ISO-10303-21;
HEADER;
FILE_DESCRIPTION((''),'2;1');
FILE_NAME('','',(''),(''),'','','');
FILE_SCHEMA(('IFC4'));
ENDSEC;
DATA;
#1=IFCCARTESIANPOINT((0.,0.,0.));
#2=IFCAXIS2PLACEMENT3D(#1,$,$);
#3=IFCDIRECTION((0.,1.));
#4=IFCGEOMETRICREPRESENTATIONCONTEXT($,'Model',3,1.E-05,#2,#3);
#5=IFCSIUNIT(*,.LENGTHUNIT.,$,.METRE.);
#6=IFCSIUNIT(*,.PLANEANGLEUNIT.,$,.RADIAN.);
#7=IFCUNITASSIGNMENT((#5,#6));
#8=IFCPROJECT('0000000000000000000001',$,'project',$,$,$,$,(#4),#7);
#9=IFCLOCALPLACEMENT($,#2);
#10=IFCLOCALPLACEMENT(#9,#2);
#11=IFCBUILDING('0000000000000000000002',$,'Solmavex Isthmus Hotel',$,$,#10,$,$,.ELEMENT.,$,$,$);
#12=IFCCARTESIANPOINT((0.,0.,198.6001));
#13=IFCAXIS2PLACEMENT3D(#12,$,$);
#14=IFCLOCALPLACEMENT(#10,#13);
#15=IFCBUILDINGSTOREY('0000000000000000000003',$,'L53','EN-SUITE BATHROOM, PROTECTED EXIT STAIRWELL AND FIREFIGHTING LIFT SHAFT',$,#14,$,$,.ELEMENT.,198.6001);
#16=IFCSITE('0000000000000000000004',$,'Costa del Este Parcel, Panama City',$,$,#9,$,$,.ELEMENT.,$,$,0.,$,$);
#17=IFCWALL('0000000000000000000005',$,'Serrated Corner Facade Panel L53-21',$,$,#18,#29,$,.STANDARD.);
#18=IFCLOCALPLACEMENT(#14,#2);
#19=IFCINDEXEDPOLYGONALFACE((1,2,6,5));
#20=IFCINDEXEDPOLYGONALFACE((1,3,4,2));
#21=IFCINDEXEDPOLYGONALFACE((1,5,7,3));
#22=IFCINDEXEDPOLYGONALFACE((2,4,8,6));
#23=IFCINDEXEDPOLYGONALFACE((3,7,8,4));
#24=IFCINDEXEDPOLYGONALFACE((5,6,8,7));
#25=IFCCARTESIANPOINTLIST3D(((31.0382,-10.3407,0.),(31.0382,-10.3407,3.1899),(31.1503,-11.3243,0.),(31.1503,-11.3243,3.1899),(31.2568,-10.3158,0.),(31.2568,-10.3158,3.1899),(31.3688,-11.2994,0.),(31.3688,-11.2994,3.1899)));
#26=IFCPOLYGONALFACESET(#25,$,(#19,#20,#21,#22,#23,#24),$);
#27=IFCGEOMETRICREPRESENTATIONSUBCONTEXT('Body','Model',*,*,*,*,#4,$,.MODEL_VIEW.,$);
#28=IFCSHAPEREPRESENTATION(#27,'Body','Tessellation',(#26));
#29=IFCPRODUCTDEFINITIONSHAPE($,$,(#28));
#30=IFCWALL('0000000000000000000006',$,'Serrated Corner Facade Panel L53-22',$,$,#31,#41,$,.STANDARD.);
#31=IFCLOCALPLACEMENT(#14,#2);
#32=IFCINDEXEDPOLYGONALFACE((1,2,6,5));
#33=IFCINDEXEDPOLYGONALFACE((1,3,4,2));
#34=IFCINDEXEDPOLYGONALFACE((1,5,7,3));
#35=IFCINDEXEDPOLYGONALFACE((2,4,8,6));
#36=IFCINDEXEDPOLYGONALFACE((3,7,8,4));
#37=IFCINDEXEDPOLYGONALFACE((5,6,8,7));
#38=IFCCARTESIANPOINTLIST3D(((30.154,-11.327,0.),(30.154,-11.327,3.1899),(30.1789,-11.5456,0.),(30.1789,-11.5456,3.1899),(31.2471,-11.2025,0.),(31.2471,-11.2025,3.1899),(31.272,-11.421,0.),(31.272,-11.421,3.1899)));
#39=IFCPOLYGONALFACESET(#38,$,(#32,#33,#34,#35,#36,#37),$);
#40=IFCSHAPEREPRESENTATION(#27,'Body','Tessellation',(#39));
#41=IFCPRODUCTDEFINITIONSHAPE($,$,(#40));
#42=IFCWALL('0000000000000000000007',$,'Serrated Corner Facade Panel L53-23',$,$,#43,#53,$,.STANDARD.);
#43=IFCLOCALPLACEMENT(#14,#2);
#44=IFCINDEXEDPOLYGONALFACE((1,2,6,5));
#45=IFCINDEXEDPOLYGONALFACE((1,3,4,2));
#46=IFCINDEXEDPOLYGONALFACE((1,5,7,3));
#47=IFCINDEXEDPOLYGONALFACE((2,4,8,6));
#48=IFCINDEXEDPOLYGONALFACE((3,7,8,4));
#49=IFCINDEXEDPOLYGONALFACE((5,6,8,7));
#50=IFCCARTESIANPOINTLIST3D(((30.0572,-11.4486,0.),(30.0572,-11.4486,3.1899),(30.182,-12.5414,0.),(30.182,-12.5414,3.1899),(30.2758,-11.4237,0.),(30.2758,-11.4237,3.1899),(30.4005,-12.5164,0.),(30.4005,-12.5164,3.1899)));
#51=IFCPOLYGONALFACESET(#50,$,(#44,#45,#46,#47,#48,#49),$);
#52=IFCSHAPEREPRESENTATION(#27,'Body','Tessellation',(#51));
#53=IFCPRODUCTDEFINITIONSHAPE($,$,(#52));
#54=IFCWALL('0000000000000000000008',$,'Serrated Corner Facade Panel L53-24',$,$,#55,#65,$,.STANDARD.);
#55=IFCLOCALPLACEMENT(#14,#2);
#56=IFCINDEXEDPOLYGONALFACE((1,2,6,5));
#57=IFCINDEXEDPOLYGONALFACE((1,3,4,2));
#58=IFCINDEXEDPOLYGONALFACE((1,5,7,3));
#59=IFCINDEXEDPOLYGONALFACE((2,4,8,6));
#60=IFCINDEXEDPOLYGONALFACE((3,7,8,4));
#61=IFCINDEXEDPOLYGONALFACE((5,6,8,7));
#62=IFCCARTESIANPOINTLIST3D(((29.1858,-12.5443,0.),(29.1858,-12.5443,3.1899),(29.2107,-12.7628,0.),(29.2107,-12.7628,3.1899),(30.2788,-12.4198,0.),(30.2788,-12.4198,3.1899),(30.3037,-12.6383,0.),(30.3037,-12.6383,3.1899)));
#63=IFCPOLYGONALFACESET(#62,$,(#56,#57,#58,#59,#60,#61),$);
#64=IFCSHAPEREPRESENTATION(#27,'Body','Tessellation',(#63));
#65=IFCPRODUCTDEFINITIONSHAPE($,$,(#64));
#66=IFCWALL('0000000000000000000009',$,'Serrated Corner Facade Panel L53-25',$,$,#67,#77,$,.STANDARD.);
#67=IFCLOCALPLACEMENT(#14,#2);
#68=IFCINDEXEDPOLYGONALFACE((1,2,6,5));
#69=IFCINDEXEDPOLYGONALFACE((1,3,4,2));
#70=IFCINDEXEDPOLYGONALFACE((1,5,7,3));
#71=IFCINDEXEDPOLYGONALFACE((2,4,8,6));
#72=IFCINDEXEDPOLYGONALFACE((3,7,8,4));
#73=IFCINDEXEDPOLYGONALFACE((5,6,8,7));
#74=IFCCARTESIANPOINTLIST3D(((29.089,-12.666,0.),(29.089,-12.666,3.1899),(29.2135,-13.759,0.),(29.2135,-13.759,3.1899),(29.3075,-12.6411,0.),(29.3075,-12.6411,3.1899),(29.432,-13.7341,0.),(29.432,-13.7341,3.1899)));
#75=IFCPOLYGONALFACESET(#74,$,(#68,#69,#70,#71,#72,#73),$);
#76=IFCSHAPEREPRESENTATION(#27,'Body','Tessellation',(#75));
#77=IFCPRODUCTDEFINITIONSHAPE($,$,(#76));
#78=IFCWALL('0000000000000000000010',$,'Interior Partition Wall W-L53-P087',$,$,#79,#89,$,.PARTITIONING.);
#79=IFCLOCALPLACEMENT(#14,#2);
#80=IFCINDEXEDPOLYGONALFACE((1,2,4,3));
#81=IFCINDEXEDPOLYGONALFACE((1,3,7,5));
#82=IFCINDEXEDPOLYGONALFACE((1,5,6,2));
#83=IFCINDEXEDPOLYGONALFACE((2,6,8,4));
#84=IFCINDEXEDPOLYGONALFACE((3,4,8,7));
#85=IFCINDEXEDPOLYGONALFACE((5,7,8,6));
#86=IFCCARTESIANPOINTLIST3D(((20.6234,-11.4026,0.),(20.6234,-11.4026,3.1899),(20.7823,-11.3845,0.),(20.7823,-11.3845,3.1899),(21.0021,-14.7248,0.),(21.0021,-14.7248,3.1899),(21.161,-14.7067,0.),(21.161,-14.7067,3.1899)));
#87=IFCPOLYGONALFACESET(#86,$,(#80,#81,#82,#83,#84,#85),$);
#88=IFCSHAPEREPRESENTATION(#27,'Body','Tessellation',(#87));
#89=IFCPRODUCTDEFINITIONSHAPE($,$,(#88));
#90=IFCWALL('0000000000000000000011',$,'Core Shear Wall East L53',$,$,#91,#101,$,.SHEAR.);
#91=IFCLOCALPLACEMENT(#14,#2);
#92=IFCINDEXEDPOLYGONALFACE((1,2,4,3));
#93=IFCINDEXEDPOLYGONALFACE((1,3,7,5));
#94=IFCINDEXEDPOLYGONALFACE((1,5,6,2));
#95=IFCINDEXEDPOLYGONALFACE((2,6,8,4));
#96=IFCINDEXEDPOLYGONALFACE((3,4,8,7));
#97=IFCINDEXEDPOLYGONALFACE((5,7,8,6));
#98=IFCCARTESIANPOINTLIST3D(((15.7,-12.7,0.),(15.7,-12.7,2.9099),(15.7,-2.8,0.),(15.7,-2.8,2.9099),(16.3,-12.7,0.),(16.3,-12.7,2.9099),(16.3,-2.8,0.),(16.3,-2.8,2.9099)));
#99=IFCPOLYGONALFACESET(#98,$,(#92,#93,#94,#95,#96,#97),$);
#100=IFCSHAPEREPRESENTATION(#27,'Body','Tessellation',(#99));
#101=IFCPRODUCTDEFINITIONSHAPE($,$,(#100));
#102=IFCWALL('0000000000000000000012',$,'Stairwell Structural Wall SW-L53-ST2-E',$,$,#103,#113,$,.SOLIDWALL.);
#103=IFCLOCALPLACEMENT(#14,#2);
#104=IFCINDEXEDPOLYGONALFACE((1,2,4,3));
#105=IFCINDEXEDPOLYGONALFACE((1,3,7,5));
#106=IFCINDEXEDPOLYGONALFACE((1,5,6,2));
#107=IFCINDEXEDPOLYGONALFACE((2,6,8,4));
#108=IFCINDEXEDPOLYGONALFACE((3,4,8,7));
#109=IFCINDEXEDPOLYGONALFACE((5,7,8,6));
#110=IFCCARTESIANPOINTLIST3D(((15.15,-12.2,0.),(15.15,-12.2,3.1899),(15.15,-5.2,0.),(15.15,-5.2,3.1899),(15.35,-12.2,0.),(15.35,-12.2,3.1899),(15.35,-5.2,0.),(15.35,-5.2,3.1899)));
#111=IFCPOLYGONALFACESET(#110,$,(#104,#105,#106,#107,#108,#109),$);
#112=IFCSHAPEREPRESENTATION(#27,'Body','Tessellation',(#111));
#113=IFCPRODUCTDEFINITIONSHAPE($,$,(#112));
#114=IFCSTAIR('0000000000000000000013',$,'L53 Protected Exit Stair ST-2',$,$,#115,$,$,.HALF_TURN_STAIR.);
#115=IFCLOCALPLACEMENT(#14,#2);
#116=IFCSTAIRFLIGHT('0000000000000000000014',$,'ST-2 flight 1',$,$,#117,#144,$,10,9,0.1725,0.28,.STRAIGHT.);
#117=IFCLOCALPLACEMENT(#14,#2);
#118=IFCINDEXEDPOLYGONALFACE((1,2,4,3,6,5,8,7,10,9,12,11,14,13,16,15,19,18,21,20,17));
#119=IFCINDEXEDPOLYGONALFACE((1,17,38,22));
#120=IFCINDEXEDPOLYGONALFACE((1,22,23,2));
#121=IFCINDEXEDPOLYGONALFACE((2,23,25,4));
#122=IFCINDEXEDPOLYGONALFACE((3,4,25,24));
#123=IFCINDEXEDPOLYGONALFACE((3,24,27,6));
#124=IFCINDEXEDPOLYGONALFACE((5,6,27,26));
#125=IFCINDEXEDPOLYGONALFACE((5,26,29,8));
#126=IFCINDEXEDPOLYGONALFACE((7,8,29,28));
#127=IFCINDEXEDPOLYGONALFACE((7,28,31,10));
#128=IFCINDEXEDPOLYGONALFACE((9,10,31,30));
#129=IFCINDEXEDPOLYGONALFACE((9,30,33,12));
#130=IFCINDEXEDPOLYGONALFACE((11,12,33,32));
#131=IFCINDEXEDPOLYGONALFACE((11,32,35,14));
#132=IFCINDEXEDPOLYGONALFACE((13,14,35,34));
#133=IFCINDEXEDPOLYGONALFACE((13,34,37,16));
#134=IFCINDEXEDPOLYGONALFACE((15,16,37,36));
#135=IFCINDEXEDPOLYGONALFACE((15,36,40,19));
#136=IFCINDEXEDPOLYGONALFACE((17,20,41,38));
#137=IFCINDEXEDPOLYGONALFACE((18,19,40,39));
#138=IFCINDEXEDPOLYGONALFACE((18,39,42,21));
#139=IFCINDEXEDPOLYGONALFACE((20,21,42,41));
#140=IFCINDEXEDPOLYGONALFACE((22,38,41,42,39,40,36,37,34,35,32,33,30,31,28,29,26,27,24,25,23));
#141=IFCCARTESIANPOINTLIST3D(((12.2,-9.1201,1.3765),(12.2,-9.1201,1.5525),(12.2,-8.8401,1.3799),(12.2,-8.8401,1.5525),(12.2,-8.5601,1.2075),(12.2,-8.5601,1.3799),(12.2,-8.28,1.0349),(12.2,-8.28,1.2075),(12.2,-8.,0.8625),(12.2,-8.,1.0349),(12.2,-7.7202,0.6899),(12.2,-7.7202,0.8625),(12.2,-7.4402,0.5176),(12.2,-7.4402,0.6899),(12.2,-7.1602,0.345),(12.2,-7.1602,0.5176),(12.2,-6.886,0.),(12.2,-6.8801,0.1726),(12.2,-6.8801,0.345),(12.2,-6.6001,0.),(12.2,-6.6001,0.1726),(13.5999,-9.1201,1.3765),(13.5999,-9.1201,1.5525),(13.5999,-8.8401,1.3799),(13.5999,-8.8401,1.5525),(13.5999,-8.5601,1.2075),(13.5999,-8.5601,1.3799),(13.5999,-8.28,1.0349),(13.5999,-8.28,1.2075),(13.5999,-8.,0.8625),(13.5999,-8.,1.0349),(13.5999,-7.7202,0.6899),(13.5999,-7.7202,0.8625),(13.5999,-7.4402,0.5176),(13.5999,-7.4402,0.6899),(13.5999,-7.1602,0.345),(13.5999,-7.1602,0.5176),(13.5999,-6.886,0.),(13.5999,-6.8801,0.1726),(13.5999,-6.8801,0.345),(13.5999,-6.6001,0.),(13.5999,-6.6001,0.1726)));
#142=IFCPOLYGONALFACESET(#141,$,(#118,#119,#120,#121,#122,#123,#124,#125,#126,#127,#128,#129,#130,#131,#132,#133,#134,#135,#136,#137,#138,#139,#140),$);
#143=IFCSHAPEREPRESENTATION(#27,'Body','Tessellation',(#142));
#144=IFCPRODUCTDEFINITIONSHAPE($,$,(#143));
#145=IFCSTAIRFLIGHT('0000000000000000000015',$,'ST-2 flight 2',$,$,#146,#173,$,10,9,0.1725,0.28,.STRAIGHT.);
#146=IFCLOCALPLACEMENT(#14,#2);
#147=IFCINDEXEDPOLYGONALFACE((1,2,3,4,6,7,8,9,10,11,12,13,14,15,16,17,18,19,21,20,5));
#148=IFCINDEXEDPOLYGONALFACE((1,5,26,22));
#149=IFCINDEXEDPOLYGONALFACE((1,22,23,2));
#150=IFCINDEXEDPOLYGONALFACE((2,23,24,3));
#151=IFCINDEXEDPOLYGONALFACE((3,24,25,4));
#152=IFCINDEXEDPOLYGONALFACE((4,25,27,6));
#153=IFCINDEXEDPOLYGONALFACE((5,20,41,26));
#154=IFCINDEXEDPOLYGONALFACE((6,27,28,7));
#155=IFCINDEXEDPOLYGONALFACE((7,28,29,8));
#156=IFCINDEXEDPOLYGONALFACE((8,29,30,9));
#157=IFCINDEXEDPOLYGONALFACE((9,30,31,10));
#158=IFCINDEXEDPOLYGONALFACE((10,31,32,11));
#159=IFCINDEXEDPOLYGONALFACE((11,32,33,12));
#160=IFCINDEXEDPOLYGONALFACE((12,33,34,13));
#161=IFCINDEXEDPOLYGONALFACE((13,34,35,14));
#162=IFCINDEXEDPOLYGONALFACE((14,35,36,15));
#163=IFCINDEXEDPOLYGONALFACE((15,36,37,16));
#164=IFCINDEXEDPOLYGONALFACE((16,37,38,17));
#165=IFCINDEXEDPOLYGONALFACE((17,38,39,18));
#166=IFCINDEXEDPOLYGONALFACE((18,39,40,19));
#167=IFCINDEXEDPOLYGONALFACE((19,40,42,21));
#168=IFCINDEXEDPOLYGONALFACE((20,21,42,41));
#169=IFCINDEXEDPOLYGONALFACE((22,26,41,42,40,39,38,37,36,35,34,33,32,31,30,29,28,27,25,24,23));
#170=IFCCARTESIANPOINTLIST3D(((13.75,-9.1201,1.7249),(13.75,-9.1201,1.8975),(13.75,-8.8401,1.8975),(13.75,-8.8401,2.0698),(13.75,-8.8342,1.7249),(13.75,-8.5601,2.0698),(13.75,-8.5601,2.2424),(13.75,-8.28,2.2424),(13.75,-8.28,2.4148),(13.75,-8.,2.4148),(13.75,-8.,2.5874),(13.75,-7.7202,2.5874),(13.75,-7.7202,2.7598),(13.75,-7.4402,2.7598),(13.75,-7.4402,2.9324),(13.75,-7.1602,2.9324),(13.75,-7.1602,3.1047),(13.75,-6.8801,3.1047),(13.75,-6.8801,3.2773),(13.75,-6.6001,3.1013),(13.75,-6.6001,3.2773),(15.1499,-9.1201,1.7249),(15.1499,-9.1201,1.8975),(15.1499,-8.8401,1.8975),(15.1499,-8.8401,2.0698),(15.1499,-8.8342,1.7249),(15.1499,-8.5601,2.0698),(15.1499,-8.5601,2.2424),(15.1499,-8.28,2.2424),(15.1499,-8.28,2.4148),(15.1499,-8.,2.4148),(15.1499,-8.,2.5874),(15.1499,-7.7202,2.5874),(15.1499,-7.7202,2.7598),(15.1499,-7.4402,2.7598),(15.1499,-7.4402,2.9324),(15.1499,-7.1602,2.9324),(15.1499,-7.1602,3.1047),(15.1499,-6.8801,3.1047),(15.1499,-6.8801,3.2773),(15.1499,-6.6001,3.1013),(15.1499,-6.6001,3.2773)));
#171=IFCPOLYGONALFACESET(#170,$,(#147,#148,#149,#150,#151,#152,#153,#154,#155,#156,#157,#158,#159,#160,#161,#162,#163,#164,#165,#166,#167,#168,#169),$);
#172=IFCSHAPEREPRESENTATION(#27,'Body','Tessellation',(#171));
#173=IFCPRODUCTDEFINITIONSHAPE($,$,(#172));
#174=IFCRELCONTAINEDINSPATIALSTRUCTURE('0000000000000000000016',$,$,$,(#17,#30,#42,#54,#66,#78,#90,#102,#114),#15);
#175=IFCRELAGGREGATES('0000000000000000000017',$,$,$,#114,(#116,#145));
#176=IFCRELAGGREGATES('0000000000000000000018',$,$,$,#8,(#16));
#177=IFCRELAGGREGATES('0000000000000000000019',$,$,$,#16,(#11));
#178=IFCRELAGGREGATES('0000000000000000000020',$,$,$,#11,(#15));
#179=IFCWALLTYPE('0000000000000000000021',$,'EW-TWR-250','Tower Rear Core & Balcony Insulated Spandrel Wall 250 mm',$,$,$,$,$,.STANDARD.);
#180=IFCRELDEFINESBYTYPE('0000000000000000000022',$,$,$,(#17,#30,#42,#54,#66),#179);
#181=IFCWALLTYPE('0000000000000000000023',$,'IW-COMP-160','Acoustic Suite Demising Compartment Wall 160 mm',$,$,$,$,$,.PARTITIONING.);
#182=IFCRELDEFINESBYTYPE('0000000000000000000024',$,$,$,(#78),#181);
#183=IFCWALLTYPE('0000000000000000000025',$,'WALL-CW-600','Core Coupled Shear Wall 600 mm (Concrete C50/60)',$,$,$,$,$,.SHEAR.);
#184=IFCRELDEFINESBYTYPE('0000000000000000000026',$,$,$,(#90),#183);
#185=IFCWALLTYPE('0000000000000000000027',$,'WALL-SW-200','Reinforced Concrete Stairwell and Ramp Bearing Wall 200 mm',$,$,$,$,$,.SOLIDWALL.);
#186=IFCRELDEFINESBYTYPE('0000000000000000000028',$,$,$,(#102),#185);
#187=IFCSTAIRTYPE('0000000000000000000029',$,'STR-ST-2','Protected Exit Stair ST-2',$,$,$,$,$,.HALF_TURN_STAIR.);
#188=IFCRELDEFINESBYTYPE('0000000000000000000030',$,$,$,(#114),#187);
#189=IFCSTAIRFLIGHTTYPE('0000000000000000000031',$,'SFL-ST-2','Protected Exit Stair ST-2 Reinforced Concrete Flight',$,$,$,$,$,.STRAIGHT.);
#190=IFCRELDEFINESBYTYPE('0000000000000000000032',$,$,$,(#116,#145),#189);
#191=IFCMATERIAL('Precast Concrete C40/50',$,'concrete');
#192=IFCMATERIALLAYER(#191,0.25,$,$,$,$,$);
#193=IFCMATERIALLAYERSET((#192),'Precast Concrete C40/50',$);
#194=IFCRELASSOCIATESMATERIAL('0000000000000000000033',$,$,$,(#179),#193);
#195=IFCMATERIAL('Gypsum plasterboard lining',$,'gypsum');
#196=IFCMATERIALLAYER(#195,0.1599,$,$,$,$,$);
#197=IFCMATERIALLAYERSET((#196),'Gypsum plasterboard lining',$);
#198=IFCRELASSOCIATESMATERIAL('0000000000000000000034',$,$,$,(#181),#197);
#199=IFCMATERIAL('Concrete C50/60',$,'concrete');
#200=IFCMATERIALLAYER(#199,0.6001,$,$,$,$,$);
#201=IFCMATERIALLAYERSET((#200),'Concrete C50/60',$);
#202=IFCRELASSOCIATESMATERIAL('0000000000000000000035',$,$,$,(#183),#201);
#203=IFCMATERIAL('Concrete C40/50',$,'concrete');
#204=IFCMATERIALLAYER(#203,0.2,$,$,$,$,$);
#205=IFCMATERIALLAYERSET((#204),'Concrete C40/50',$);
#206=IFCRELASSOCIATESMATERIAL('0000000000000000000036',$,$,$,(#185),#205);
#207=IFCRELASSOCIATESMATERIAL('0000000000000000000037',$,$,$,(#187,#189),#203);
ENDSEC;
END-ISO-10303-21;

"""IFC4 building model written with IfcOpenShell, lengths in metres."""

from ifc_helpers import new_model, si_unit, direction, frame, frame_2d, origin, place, context, subcontext, project, spatial, polyline, rectangle, outline, extrude, material, layer, layer_set, type_object, element, aggregate, save


model = new_model("IFC4")

# Units and contexts
model_context = context("Model", 3, precision=1e-05, world=origin(), true_north=direction((0.0, 1.0)))
body_context = subcontext(model_context, "Body", "Model", "MODEL_VIEW")
ifc_project = project(units=[si_unit("LENGTHUNIT", "METRE"), si_unit("PLANEANGLEUNIT", "RADIAN")], contexts=[model_context])

# Site, building, storey
site_placement = place(None, origin())
site = spatial("IfcSite", under=ifc_project, at=site_placement, Name="Costa del Este Parcel, Panama City", CompositionType="ELEMENT", RefElevation=0.0)
building_placement = place(site_placement, origin())
building = spatial("IfcBuilding", under=site, at=building_placement, Name="Solmavex Isthmus Hotel", CompositionType="ELEMENT")
storey_placement = place(building_placement, frame((0.0, 0.0, 198.6001)))
storey = spatial("IfcBuildingStorey", under=building, at=storey_placement, Name="L53", Description="EN-SUITE BATHROOM, PROTECTED EXIT STAIRWELL AND FIREFIGHTING LIFT SHAFT", CompositionType="ELEMENT", Elevation=198.6001)

# Shared definitions
ifc_material_1 = material(Name="Concrete C50/60", Category="concrete")

# Walls
ifc_material_2 = material(Name="Precast Concrete C40/50", Category="concrete")
ifc_layer_1 = layer(ifc_material_2, 0.25)
ifc_layer_set_1 = layer_set([ifc_layer_1], Name="Precast Concrete C40/50")
wall_type_1 = type_object("IfcWallType", Name="EW-TWR-250", Description="Tower Rear Core & Balcony Insulated Spandrel Wall 250 mm", PredefinedType="STANDARD", material=ifc_layer_set_1)
wall_1_placement = place(storey_placement, frame((31.1475, -10.3281, 0.0), z_axis=(0.0, 0.0, 1.0), x_axis=(0.113192, -0.993573, 0.0)))
element("IfcWall", 1, at=wall_1_placement, inside=storey, type_object=wall_type_1, Name="Serrated Corner Facade Panel L53-21", PredefinedType="STANDARD", context=body_context, shape_type="SweptSolid", body=[
    extrude(rectangle(XDim=0.99, YDim=0.22, at=frame_2d((0.4951, 0.0))), origin(), (0.0, 0.0, 1.0), 3.1899),
])
wall_2_placement = place(storey_placement, frame((31.2595, -11.3118, 0.0), z_axis=(0.0, 0.0, 1.0), x_axis=(-0.993574, -0.113184, 0.0)))
element("IfcWall", 2, at=wall_2_placement, inside=storey, type_object=wall_type_1, Name="Serrated Corner Facade Panel L53-22", PredefinedType="STANDARD", context=body_context, shape_type="SweptSolid", body=[
    extrude(rectangle(XDim=1.1001, YDim=0.22, at=frame_2d((0.55, 0.0))), origin(), (0.0, 0.0, 1.0), 3.1899),
])
wall_3_placement = place(storey_placement, frame((30.1665, -11.4363, 0.0), z_axis=(0.0, 0.0, 1.0), x_axis=(0.113428, -0.993546, 0.0)))
element("IfcWall", 3, at=wall_3_placement, inside=storey, type_object=wall_type_1, Name="Serrated Corner Facade Panel L53-23", PredefinedType="STANDARD", context=body_context, shape_type="SweptSolid", body=[
    extrude(rectangle(XDim=1.0999, YDim=0.22, at=frame_2d((0.5498, 0.0))), origin(), (0.0, 0.0, 1.0), 3.1899),
])
for number, where, z_axis, x_axis, name in (
    (4, (30.2913, -12.5291, 0.0), (0.0, 0.0, 1.0), (-0.993574, -0.113184, 0.0), "Serrated Corner Facade Panel L53-24"),
    (5, (29.1982, -12.6536, 0.0), (0.0, 0.0, 1.0), (0.113184, -0.993574, 0.0), "Serrated Corner Facade Panel L53-25"),
):
    element("IfcWall", number, at=place(storey_placement, frame(where, z_axis=z_axis, x_axis=x_axis)), inside=storey, type_object=wall_type_1, Name=name, PredefinedType="STANDARD", context=body_context, shape_type="SweptSolid", body=[
        extrude(rectangle(XDim=1.1001, YDim=0.22, at=frame_2d((0.55, 0.0))), origin(), (0.0, 0.0, 1.0), 3.1899),
    ])
ifc_material_3 = material(Name="Gypsum plasterboard lining", Category="gypsum")
ifc_layer_2 = layer(ifc_material_3, 0.1599)
ifc_layer_set_2 = layer_set([ifc_layer_2], Name="Gypsum plasterboard lining")
wall_type_2 = type_object("IfcWallType", Name="IW-COMP-160", Description="Acoustic Suite Demising Compartment Wall 160 mm", PredefinedType="PARTITIONING", material=ifc_layer_set_2)
wall_4_placement = place(storey_placement, frame((20.7029, -11.3936, 0.0), z_axis=(0.0, 0.0, 1.0), x_axis=(0.113244, -0.993567, 0.0)))
element("IfcWall", 6, at=wall_4_placement, inside=storey, type_object=wall_type_2, Name="Interior Partition Wall W-L53-P087", PredefinedType="PARTITIONING", context=body_context, shape_type="SweptSolid", body=[
    extrude(rectangle(XDim=3.3438, YDim=0.1599, at=frame_2d((1.6719, 0.0))), origin(), (0.0, 0.0, 1.0), 3.1899),
])
ifc_layer_3 = layer(ifc_material_1, 0.6001)
ifc_layer_set_3 = layer_set([ifc_layer_3], Name="Concrete C50/60")
wall_type_3 = type_object("IfcWallType", Name="WALL-CW-600", Description="Core Coupled Shear Wall 600 mm (Concrete C50/60)", PredefinedType="SHEAR", material=ifc_layer_set_3)
wall_5_placement = place(storey_placement, frame((16.0, -12.7, 0.0), z_axis=(0.0, 0.0, 1.0), x_axis=(0.0, 1.0, 0.0)))
element("IfcWall", 7, at=wall_5_placement, inside=storey, type_object=wall_type_3, Name="Core Shear Wall East L53", PredefinedType="SHEAR", context=body_context, shape_type="SweptSolid", body=[
    extrude(rectangle(XDim=9.8999, YDim=0.6001, at=frame_2d((4.95, 0.0))), origin(), (0.0, 0.0, 1.0), 2.9099),
])
ifc_material_4 = material(Name="Concrete C40/50", Category="concrete")
ifc_layer_4 = layer(ifc_material_4, 0.2)
ifc_layer_set_4 = layer_set([ifc_layer_4], Name="Concrete C40/50")
wall_type_4 = type_object("IfcWallType", Name="WALL-SW-200", Description="Reinforced Concrete Stairwell and Ramp Bearing Wall 200 mm", PredefinedType="SOLIDWALL", material=ifc_layer_set_4)
wall_6_placement = place(storey_placement, frame((15.25, -12.2, 0.0), z_axis=(0.0, 0.0, 1.0), x_axis=(0.0, 1.0, 0.0)))
element("IfcWall", 8, at=wall_6_placement, inside=storey, type_object=wall_type_4, Name="Stairwell Structural Wall SW-L53-ST2-E", PredefinedType="SOLIDWALL", context=body_context, shape_type="SweptSolid", body=[
    extrude(rectangle(XDim=7.0, YDim=0.2, at=frame_2d((3.5, 0.0))), origin(), (0.0, 0.0, 1.0), 3.1899),
])

# Stair, stair flights
stair_type = type_object("IfcStairType", Name="STR-ST-2", Description="Protected Exit Stair ST-2", PredefinedType="HALF_TURN_STAIR", material=ifc_material_4)
stair_placement = place(storey_placement, origin())
stair = element("IfcStair", 9, at=stair_placement, inside=storey, type_object=stair_type, Name="L53 Protected Exit Stair ST-2", PredefinedType="HALF_TURN_STAIR")
stair_flight_type = type_object("IfcStairFlightType", Name="SFL-ST-2", Description="Protected Exit Stair ST-2 Reinforced Concrete Flight", PredefinedType="STRAIGHT", material=ifc_material_4)
stair_flight_1_placement = place(storey_placement, frame((12.8999, -6.6001, 0.0), z_axis=(0.0, 0.0, 1.0), x_axis=(0.0, -1.0, 0.0)))
stair_flight_1 = element("IfcStairFlight", 10, at=stair_flight_1_placement, type_object=stair_flight_type, Name="ST-2 flight 1", NumberOfRisers=10, NumberOfTreads=9, PredefinedType="STRAIGHT", RiserHeight=0.1725, TreadLength=0.28, context=body_context, shape_type="SweptSolid", body=[
    extrude(outline(polyline([(0.0, 0.0), (0.0, 0.1726), (0.28, 0.1726), (0.28, 0.345), (0.5601, 0.345), (0.5601, 0.5176), (0.8401, 0.5176), (0.8401, 0.6899), (1.1201, 0.6899), (1.1201, 0.8625), (1.3999, 0.8625), (1.3999, 1.0349), (1.6799, 1.0349), (1.6799, 1.2075), (1.96, 1.2075), (1.96, 1.3799), (2.24, 1.3799), (2.24, 1.5525), (2.52, 1.5525), (2.52, 1.7251), (2.52, 1.3765), (0.2859, 0.0), (0.0, 0.0)])), frame((0.0, 0.7, 0.0), z_axis=(0.0, -1.0, 0.0), x_axis=(1.0, 0.0, 0.0)), (0.0, 0.0, 1.0), 1.3999),
])
stair_flight_2_placement = place(storey_placement, frame((14.45, -9.1201, 1.7249), z_axis=(0.0, 0.0, 1.0), x_axis=(0.0, 1.0, 0.0)))
stair_flight_2 = element("IfcStairFlight", 11, at=stair_flight_2_placement, type_object=stair_flight_type, Name="ST-2 flight 2", NumberOfRisers=10, NumberOfTreads=9, PredefinedType="STRAIGHT", RiserHeight=0.1725, TreadLength=0.28, context=body_context, shape_type="SweptSolid", body=[
    extrude(outline(polyline([(0.0, 0.0), (0.0, 0.1726), (0.28, 0.1726), (0.28, 0.345), (0.5601, 0.345), (0.5601, 0.5176), (0.8401, 0.5176), (0.8401, 0.6899), (1.1201, 0.6899), (1.1201, 0.8625), (1.3999, 0.8625), (1.3999, 1.0349), (1.6799, 1.0349), (1.6799, 1.2075), (1.96, 1.2075), (1.96, 1.3799), (2.24, 1.3799), (2.24, 1.5525), (2.52, 1.5525), (2.52, 1.7251), (2.52, 1.3765), (0.2859, 0.0), (0.0, 0.0)])), frame((0.0, 0.7, 0.0), z_axis=(0.0, -1.0, 0.0), x_axis=(1.0, 0.0, 0.0)), (0.0, 0.0, 1.0), 1.3999),
])
aggregate(stair, [stair_flight_1, stair_flight_2])

save(model, "model.ifc")
